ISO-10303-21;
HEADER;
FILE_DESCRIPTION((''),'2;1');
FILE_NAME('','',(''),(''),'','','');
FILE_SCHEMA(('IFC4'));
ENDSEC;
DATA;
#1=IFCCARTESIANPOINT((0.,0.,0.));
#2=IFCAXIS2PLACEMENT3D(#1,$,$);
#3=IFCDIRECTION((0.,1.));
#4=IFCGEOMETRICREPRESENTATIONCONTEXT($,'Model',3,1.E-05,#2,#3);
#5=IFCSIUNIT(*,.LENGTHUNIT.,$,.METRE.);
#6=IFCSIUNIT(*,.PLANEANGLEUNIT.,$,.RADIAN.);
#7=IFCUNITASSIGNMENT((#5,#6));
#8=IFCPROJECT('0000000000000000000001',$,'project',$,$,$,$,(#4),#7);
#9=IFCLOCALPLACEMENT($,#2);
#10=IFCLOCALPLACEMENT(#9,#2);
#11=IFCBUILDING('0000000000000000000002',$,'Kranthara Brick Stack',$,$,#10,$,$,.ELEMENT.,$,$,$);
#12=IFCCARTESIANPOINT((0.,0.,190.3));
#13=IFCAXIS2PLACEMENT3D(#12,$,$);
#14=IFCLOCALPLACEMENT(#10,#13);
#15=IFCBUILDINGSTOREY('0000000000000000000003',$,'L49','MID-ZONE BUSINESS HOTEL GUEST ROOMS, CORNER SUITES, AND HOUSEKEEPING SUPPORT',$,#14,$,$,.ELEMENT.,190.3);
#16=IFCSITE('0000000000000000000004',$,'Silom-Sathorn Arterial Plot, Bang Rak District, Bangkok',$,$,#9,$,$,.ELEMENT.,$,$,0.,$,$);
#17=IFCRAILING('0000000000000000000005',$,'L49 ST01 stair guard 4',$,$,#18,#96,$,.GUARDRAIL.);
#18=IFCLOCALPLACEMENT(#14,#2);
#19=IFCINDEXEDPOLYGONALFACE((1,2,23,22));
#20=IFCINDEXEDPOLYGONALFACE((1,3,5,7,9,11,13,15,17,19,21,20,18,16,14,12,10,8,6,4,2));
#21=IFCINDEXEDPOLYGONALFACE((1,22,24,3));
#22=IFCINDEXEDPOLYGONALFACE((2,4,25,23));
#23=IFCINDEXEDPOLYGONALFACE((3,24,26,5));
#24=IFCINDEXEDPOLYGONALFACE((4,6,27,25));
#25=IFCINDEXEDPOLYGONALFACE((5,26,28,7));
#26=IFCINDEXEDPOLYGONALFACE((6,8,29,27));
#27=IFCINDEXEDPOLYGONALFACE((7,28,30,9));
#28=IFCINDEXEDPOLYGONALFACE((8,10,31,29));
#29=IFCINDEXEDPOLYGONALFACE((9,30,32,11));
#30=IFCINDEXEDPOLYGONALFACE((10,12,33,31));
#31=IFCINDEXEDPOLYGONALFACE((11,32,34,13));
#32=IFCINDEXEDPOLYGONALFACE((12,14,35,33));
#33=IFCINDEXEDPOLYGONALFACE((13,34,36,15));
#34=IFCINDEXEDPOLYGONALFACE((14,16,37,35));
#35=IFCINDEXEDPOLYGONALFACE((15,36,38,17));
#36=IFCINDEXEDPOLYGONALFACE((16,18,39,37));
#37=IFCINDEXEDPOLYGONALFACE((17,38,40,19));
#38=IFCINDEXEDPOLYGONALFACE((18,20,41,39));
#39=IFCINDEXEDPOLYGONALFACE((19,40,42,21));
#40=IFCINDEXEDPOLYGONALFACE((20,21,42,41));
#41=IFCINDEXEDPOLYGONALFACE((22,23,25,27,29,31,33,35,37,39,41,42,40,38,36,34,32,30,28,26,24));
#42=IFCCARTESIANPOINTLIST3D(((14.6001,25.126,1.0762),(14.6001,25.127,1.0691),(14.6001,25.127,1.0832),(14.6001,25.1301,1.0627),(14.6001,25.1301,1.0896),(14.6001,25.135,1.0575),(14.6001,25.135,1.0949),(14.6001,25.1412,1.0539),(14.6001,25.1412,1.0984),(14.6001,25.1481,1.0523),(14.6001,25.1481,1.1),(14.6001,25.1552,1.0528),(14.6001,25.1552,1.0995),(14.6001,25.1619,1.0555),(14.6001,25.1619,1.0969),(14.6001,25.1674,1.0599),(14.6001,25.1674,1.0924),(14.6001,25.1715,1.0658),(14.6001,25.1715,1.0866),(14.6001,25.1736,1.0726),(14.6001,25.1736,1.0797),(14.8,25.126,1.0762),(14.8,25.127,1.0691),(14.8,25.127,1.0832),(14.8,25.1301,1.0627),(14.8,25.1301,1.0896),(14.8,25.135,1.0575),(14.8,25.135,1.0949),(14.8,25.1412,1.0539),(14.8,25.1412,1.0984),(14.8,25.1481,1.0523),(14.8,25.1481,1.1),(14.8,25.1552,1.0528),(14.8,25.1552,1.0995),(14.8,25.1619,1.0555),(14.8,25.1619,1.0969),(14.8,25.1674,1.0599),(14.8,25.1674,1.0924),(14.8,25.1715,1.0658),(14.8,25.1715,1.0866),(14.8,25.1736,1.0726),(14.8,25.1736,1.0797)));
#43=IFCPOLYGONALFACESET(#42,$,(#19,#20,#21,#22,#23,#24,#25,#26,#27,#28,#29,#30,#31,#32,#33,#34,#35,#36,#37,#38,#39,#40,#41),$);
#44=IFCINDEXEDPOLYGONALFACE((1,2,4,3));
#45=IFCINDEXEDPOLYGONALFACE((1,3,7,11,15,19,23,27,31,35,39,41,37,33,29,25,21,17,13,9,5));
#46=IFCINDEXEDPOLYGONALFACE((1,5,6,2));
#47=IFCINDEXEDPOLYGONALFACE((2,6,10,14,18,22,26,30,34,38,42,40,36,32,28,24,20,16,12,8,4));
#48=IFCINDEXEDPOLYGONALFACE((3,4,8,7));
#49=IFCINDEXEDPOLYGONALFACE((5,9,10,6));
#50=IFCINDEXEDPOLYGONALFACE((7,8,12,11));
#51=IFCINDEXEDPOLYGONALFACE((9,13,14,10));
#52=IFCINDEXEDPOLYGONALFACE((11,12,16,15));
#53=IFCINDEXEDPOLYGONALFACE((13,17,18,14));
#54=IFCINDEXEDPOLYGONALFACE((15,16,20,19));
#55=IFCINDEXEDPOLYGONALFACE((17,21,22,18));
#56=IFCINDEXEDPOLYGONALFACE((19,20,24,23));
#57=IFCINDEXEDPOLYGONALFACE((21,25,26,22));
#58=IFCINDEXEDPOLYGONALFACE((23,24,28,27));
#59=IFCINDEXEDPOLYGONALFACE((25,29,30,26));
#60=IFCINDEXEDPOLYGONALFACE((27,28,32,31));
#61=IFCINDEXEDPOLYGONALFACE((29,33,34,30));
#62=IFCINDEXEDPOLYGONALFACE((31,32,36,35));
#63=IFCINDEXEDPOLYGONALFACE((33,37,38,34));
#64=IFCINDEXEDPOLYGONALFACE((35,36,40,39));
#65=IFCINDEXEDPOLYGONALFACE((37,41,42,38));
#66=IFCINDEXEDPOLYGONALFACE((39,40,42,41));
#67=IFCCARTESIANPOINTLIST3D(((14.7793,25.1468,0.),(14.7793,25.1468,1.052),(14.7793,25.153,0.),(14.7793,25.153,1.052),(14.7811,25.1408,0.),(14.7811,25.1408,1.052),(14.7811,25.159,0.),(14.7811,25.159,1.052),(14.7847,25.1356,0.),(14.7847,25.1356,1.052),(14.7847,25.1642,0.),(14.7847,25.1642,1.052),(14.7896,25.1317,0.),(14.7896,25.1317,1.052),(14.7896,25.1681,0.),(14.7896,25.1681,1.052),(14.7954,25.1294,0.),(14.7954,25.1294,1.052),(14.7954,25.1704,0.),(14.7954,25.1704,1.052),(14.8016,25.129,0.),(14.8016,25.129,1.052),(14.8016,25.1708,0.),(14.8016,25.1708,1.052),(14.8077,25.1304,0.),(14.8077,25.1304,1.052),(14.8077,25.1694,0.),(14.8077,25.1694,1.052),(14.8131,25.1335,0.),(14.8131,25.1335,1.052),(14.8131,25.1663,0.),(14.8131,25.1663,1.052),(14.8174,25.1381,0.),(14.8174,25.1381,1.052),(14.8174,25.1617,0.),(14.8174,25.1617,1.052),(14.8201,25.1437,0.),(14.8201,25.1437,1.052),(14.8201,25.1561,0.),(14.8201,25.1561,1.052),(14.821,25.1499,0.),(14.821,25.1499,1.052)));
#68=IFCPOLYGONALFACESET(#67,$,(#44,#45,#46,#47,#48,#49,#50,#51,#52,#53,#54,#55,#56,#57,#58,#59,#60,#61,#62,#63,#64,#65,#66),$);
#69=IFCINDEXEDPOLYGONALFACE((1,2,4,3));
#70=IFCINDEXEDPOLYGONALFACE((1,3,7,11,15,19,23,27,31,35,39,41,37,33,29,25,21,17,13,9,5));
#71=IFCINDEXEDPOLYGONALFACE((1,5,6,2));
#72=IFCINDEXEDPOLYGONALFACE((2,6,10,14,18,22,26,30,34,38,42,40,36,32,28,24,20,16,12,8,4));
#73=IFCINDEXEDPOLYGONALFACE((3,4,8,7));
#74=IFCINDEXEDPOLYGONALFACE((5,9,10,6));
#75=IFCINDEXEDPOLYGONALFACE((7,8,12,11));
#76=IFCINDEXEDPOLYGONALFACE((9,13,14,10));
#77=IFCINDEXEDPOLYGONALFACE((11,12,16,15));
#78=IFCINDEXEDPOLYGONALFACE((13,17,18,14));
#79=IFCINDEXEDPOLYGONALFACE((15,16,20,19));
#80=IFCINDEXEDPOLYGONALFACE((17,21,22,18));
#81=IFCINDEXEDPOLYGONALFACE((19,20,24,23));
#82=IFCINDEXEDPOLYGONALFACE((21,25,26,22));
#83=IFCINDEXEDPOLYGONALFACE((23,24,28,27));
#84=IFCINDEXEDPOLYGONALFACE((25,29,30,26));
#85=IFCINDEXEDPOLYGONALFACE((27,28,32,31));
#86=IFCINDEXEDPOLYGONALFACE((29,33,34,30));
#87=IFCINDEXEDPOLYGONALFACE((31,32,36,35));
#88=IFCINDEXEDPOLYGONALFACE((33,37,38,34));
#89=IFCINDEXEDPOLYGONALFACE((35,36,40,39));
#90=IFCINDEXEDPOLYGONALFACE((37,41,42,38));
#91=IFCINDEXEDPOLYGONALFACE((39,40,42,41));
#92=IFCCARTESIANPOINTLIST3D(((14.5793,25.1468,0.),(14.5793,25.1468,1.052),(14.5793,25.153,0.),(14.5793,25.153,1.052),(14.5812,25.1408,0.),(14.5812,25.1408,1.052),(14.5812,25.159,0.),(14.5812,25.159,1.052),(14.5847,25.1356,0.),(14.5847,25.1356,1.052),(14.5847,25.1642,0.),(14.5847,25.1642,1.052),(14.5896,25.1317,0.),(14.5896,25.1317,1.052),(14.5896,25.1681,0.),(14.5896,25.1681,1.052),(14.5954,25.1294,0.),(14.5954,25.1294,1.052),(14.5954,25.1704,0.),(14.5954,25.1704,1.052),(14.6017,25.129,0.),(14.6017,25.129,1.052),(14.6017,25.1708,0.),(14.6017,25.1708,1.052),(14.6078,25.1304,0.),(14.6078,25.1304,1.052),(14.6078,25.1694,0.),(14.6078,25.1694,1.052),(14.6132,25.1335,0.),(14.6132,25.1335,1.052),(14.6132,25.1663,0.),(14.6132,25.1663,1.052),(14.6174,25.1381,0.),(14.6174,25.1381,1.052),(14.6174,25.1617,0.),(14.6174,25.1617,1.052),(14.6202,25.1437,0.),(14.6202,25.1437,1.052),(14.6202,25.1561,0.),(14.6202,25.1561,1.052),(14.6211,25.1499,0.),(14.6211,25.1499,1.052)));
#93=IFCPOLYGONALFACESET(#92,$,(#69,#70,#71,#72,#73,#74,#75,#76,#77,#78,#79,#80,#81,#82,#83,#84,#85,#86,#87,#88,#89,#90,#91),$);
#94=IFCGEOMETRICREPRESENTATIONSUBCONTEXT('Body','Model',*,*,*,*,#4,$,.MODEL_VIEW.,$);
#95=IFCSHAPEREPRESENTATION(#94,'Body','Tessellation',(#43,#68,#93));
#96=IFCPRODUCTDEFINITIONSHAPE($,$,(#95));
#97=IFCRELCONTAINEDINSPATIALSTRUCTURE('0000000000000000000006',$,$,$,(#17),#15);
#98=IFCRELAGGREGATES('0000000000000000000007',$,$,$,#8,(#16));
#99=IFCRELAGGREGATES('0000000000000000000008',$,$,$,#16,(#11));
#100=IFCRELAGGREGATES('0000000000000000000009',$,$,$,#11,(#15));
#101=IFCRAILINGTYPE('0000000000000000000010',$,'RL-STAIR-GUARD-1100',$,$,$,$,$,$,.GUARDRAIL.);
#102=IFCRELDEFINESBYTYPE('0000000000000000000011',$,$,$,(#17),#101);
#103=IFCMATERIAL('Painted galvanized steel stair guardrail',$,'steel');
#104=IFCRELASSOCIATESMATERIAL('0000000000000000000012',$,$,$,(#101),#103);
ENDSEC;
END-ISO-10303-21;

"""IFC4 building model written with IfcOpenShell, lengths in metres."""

from ifc_helpers import new_model, si_unit, direction, frame, origin, origin_2d, place, context, subcontext, project, spatial, circle, extrude, material, type_object, element, save


model = new_model("IFC4")

# Units and contexts
model_context = context("Model", 3, precision=1e-05, world=origin(), true_north=direction((0.0, 1.0)))
body_context = subcontext(model_context, "Body", "Model", "MODEL_VIEW")
ifc_project = project(units=[si_unit("LENGTHUNIT", "METRE"), si_unit("PLANEANGLEUNIT", "RADIAN")], contexts=[model_context])

# Site, building, storey
site_placement = place(None, origin())
site = spatial("IfcSite", under=ifc_project, at=site_placement, Name="Silom-Sathorn Arterial Plot, Bang Rak District, Bangkok", CompositionType="ELEMENT", RefElevation=0.0)
building_placement = place(site_placement, origin())
building = spatial("IfcBuilding", under=site, at=building_placement, Name="Kranthara Brick Stack", CompositionType="ELEMENT")
storey_placement = place(building_placement, frame((0.0, 0.0, 190.3)))
storey = spatial("IfcBuildingStorey", under=building, at=storey_placement, Name="L49", Description="MID-ZONE BUSINESS HOTEL GUEST ROOMS, CORNER SUITES, AND HOUSEKEEPING SUPPORT", CompositionType="ELEMENT", Elevation=190.3)

# Railing
ifc_material_1 = material(Name="Painted galvanized steel stair guardrail", Category="steel")
railing_type_1 = type_object("IfcRailingType", Name="RL-STAIR-GUARD-1100", PredefinedType="GUARDRAIL", material=ifc_material_1)
railing_1_placement = place(storey_placement, frame((14.8, 25.1499, 0.0)))
element("IfcRailing", 1, at=railing_1_placement, inside=storey, type_object=railing_type_1, Name="L49 ST01 stair guard 4", PredefinedType="GUARDRAIL", context=body_context, shape_type="SweptSolid", body=[
    extrude(circle(Radius=0.0239, at=origin_2d()), frame((0.0, 0.0, 1.0762), z_axis=(-1.0, 0.0, 0.0), x_axis=(0.0, -1.0, 0.0)), (0.0, 0.0, 1.0), 0.2),
    extrude(circle(Radius=0.021, at=origin_2d()), origin(), (0.0, 0.0, 1.0), 1.052),
    extrude(circle(Radius=0.021, at=origin_2d()), frame((-0.2, 0.0, 0.0)), (0.0, 0.0, 1.0), 1.052),
])

save(model, "model.ifc")
